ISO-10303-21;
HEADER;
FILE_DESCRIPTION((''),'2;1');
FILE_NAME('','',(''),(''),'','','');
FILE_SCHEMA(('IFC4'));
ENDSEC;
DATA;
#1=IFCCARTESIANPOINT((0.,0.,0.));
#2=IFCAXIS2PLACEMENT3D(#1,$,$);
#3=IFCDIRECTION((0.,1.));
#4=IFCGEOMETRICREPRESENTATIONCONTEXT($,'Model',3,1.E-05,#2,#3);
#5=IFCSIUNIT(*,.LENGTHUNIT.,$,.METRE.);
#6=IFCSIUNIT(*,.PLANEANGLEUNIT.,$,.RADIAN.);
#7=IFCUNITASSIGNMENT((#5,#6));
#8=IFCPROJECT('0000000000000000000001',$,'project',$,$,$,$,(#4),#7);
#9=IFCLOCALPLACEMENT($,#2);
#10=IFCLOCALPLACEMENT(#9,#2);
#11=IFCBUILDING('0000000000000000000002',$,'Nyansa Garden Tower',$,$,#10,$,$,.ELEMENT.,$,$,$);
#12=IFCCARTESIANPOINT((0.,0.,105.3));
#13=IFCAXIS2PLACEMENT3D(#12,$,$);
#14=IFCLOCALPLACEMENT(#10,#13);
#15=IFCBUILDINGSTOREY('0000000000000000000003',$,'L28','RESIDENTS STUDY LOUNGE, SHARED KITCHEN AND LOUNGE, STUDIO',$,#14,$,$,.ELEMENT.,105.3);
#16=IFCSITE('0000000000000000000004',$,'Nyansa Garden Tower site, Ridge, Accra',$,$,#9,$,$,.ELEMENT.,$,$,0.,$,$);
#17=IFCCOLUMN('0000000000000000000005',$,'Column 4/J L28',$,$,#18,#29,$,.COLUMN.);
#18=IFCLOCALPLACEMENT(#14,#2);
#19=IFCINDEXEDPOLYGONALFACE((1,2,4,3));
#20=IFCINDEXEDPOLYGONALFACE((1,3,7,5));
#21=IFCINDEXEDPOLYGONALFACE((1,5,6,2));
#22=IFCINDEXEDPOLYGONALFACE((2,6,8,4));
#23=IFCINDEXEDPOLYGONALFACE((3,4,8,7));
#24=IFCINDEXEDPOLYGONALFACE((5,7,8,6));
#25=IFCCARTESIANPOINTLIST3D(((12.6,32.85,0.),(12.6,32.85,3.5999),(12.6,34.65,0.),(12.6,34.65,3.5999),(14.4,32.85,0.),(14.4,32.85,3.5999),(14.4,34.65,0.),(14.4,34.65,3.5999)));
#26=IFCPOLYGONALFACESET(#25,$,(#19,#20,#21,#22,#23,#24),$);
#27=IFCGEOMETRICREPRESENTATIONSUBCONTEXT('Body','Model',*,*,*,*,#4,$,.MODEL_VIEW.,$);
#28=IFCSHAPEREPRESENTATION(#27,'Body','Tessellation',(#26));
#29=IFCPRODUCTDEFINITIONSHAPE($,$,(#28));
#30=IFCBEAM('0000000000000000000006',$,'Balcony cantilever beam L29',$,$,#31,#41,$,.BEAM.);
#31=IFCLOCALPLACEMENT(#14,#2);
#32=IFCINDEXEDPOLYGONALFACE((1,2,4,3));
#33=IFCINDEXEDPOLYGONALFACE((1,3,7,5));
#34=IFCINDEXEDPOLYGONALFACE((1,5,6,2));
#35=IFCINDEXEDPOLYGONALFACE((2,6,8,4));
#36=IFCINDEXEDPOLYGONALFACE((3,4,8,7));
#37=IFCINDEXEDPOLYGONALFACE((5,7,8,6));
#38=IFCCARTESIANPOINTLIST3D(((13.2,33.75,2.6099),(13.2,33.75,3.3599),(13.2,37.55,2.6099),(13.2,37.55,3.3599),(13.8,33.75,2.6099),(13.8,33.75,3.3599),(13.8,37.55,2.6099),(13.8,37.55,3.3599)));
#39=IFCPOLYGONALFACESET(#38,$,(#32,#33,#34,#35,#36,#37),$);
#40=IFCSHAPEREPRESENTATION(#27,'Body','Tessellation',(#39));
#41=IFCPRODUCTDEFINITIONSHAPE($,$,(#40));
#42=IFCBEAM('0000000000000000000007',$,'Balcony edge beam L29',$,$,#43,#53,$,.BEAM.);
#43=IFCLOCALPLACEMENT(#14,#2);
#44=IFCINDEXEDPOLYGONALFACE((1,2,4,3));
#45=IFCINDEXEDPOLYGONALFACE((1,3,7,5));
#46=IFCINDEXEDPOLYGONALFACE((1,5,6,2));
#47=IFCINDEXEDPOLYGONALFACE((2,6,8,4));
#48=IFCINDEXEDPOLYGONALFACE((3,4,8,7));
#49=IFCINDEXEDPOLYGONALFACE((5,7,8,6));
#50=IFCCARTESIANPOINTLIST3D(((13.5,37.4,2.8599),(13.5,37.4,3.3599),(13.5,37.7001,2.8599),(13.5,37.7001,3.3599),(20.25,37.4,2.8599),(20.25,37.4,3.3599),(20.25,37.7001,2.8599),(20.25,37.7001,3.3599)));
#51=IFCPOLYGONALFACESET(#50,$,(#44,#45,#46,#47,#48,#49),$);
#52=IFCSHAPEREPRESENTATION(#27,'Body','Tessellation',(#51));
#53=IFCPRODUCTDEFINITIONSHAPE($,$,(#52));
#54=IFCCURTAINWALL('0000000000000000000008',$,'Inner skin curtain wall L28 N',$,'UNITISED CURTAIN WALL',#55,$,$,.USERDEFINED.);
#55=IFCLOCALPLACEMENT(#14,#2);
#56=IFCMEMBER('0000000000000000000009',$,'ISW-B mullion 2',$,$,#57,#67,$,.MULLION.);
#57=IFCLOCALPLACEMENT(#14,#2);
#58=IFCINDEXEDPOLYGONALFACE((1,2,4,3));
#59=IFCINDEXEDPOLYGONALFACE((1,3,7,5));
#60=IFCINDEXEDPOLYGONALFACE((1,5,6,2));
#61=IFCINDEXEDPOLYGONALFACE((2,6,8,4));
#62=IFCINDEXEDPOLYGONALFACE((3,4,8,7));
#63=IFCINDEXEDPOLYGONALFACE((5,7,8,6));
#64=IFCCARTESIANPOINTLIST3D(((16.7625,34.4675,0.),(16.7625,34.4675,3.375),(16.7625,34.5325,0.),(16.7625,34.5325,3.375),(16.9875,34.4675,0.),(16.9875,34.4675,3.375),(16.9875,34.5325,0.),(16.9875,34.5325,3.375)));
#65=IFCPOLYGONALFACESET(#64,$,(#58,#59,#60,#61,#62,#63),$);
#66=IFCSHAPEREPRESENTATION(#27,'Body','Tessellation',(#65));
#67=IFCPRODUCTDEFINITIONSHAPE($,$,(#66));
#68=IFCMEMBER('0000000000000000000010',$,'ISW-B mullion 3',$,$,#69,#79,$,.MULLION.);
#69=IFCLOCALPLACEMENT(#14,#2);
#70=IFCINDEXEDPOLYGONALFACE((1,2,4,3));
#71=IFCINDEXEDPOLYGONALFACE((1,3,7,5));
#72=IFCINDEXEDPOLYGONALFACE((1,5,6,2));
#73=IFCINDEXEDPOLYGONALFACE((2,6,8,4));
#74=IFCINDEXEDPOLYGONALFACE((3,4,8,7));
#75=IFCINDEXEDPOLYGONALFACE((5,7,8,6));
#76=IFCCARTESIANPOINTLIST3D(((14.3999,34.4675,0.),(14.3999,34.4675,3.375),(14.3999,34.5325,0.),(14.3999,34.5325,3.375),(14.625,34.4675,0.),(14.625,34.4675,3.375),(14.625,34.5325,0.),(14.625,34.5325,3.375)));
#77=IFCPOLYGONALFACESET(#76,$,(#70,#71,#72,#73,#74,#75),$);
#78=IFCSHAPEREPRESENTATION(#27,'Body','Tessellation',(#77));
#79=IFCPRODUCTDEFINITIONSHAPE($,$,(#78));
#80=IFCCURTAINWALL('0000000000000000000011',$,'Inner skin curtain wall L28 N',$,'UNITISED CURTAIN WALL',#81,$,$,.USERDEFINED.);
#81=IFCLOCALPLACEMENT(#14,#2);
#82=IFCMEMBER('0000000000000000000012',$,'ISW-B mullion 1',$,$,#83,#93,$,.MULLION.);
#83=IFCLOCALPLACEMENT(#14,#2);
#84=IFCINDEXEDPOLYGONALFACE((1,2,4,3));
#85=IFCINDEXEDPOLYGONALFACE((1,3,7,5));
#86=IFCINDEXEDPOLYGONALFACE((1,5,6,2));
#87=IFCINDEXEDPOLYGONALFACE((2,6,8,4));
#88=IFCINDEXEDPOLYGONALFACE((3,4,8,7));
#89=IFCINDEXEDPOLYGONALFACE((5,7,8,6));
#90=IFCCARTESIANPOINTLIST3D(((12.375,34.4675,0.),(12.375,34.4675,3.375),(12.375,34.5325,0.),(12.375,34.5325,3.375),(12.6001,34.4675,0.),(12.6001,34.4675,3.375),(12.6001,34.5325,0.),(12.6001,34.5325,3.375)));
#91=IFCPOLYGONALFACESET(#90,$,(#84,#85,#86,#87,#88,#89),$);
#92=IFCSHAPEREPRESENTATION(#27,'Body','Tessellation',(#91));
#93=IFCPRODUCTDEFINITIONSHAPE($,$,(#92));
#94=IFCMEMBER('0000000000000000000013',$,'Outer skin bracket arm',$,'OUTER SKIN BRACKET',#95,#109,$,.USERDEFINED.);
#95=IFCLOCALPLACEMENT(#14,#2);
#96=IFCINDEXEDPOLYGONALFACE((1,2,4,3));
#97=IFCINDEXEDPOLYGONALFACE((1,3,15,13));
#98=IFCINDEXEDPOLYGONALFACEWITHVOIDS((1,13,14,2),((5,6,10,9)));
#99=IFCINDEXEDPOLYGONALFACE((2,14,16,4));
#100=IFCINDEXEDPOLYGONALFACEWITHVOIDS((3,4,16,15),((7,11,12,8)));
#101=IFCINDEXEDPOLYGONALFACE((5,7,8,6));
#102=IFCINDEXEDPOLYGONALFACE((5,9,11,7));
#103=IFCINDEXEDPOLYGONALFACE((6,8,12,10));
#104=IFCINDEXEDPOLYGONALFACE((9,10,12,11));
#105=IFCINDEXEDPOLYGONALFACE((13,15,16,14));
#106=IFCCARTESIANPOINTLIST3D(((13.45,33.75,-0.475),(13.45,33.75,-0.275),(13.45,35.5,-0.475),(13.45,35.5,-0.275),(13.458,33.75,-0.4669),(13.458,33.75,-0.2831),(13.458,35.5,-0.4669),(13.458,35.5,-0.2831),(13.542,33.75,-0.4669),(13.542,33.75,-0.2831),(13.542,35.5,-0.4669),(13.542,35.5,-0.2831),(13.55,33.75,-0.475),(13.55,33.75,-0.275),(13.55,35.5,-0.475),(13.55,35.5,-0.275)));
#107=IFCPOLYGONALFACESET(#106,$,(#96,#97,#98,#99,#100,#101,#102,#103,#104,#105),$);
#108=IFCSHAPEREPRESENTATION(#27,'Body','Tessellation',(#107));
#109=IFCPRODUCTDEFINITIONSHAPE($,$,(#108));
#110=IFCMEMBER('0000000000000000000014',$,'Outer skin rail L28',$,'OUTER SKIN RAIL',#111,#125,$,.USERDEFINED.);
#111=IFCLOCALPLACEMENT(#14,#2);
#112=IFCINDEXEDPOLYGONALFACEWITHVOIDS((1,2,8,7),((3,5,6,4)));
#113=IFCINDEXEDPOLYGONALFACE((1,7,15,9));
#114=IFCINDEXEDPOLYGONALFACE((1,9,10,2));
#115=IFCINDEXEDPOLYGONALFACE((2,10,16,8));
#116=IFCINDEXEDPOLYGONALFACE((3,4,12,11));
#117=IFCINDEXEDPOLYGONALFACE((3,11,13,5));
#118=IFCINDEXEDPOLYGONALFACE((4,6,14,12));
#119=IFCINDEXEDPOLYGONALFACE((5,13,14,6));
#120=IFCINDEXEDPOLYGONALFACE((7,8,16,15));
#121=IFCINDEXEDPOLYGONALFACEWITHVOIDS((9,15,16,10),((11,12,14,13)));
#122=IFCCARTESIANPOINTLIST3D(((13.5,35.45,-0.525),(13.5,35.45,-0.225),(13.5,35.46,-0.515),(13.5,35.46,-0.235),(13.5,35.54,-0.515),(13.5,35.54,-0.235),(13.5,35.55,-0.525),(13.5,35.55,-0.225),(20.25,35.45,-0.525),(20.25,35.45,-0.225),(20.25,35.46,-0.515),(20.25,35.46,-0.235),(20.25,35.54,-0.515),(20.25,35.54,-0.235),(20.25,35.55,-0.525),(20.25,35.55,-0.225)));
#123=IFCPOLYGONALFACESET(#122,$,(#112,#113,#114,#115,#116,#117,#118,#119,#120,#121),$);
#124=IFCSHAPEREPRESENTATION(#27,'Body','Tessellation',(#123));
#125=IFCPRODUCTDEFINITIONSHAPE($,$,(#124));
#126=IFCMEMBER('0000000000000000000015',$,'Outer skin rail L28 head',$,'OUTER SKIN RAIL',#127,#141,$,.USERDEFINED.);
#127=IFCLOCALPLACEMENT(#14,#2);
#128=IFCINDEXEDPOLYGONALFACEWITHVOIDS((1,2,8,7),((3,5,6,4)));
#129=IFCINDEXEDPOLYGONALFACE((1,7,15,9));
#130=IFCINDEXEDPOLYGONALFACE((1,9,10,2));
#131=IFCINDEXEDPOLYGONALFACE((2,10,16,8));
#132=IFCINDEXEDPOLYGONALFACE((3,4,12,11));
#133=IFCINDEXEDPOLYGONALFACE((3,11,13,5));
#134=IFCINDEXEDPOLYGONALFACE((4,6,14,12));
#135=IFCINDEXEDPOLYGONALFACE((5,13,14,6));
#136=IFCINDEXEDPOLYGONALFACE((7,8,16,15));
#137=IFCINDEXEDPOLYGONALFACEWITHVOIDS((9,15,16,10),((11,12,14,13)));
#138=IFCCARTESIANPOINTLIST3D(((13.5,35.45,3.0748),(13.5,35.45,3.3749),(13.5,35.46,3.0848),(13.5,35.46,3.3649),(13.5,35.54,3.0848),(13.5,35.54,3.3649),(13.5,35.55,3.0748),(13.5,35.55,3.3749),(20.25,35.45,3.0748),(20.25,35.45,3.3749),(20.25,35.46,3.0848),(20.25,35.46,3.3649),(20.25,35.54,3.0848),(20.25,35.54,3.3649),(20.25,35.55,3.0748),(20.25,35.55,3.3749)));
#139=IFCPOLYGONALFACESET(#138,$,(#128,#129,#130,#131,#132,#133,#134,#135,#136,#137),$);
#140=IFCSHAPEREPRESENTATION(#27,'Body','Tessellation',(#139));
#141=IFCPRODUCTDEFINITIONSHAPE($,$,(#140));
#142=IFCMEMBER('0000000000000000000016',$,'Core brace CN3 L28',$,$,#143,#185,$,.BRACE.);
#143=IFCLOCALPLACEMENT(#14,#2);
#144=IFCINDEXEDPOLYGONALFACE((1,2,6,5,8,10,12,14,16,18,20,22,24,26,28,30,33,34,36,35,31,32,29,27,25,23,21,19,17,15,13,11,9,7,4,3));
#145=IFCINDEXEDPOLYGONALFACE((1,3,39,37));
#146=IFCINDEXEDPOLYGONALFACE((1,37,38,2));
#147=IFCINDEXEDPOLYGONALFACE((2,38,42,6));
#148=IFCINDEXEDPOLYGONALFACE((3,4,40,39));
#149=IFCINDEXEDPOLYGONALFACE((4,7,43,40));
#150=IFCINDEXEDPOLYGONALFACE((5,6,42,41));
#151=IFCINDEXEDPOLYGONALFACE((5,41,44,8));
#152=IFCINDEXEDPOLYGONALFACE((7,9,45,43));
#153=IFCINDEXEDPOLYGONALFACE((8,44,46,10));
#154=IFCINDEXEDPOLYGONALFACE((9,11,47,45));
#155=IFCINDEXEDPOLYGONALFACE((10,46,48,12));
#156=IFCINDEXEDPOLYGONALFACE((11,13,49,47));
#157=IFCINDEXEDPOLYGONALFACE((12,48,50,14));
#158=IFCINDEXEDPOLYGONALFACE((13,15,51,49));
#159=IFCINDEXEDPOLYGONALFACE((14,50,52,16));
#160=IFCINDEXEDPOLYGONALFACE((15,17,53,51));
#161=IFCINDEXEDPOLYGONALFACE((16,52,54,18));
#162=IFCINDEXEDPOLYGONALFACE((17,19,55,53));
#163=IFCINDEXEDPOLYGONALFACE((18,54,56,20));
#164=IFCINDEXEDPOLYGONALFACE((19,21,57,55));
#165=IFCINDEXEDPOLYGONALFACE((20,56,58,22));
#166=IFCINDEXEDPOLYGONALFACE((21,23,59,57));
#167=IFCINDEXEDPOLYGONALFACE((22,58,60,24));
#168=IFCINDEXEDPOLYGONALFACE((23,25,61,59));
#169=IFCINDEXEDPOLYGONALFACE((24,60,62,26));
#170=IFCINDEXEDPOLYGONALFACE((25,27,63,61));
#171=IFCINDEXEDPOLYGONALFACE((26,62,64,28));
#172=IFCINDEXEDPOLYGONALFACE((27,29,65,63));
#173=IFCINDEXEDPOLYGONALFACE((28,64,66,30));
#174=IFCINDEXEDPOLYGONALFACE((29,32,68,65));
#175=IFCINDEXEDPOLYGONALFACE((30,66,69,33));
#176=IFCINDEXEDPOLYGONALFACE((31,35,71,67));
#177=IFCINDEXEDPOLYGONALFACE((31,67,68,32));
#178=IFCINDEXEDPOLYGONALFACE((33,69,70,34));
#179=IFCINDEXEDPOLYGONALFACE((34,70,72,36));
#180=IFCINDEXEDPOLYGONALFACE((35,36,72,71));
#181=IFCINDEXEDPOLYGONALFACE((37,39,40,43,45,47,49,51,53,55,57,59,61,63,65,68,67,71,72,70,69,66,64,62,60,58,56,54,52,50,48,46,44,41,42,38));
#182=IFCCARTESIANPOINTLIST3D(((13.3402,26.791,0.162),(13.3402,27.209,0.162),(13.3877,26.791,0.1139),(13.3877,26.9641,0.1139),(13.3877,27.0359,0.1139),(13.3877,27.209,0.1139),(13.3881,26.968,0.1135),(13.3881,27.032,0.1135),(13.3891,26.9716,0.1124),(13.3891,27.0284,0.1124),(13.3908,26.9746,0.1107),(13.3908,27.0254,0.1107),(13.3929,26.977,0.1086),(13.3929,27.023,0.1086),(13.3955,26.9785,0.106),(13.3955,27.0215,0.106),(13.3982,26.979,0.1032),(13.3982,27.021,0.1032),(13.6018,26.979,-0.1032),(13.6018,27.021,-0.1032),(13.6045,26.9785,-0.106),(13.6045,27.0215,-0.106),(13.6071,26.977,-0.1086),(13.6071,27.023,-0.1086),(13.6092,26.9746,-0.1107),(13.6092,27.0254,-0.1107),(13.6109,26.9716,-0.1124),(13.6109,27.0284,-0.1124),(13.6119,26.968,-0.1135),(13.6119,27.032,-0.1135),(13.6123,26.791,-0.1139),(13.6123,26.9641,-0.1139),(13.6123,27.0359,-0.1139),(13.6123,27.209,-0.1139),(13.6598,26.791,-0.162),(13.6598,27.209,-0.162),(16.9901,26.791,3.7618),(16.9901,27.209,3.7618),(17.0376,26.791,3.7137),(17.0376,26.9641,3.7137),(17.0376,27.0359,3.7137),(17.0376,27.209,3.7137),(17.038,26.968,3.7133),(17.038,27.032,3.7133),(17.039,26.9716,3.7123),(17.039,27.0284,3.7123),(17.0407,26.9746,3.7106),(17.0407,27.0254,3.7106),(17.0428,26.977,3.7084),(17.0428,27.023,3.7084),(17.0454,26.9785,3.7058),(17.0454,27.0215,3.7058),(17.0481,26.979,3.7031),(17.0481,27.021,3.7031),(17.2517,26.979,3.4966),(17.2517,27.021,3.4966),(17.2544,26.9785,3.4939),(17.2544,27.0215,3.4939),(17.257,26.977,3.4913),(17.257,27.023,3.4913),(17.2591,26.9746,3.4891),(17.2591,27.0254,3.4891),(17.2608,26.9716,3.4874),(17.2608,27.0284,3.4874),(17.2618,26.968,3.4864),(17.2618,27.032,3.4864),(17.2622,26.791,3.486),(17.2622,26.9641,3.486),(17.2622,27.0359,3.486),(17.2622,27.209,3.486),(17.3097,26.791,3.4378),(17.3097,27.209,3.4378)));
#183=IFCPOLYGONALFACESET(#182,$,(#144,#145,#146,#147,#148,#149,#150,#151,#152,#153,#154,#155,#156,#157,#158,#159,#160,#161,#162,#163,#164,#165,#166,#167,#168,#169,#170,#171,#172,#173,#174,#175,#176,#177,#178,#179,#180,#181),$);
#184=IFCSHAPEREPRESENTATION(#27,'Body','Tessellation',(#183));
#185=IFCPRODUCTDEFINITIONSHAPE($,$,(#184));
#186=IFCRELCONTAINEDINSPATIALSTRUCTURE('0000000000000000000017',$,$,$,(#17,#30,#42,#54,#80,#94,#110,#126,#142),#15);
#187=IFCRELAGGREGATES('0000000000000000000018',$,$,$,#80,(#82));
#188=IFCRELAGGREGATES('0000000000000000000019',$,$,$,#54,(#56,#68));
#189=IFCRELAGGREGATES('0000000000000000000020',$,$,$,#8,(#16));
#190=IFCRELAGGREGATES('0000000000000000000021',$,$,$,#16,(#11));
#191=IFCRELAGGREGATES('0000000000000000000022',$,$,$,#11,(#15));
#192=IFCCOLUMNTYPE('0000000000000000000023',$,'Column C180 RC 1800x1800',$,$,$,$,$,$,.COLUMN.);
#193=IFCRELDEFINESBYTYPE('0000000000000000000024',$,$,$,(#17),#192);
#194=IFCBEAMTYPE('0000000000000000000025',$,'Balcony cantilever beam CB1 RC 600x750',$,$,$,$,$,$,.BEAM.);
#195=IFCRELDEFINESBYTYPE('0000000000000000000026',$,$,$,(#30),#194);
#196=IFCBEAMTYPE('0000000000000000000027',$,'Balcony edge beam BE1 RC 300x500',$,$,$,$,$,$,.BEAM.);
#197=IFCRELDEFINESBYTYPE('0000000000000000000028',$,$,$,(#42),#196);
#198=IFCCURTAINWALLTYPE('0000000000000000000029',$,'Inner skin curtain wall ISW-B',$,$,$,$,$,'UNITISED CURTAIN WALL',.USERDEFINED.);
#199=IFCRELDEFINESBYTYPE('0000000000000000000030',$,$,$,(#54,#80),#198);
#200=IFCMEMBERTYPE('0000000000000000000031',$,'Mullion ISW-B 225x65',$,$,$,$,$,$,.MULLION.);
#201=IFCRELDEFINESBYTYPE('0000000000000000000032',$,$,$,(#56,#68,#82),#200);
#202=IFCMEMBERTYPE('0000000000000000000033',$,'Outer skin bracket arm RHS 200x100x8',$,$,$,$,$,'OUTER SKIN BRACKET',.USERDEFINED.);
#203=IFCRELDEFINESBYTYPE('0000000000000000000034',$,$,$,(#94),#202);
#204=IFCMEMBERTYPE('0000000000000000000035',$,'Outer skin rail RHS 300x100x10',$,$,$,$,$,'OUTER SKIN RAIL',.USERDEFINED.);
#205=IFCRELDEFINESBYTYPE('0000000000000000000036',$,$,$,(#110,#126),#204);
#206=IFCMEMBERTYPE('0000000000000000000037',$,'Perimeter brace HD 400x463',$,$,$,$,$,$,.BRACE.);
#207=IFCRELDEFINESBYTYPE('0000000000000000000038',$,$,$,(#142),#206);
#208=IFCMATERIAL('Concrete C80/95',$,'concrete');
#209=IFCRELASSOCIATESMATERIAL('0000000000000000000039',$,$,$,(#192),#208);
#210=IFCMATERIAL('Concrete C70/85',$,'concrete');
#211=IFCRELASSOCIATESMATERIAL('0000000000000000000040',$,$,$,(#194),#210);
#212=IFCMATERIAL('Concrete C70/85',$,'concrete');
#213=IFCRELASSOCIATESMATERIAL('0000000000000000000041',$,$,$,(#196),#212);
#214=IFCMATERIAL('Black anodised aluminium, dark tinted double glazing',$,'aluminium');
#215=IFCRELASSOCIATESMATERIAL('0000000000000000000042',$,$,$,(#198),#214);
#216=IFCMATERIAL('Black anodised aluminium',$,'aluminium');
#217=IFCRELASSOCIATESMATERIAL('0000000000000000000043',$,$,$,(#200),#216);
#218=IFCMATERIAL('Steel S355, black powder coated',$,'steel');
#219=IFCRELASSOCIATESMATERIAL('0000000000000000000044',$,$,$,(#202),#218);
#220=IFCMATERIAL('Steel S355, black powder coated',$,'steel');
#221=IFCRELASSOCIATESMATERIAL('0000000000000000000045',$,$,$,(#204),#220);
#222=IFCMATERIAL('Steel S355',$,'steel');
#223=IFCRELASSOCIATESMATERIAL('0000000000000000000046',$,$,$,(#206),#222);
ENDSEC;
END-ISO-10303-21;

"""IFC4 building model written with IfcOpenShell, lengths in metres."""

from ifc_helpers import new_model, si_unit, direction, frame, origin, origin_2d, place, context, subcontext, project, spatial, rectangle, hollow_rectangle, i_section, extrude, material, material_profile, profile_set, type_object, element, aggregate, save


model = new_model("IFC4")

# Units and contexts
model_context = context("Model", 3, precision=1e-05, world=origin(), true_north=direction((0.0, 1.0)))
body_context = subcontext(model_context, "Body", "Model", "MODEL_VIEW")
ifc_project = project(units=[si_unit("LENGTHUNIT", "METRE"), si_unit("PLANEANGLEUNIT", "RADIAN")], contexts=[model_context])

# Site, building, storey
site_placement = place(None, origin())
site = spatial("IfcSite", under=ifc_project, at=site_placement, Name="Nyansa Garden Tower site, Ridge, Accra", CompositionType="ELEMENT", RefElevation=0.0)
building_placement = place(site_placement, origin())
building = spatial("IfcBuilding", under=site, at=building_placement, Name="Nyansa Garden Tower", CompositionType="ELEMENT")
storey_placement = place(building_placement, frame((0.0, 0.0, 105.3)))
storey = spatial("IfcBuildingStorey", under=building, at=storey_placement, Name="L28", Description="RESIDENTS STUDY LOUNGE, SHARED KITCHEN AND LOUNGE, STUDIO", CompositionType="ELEMENT", Elevation=105.3)

# Column
ifc_material_1 = material(Name="Concrete C80/95", Category="concrete")
ifc_material_profile_1 = material_profile(ifc_material_1, rectangle(XDim=1.8, YDim=1.8, at=origin_2d()), Name="RC 1800x1800")
ifc_profile_set_1 = profile_set([ifc_material_profile_1], Name="Concrete C80/95")
column_type = type_object("IfcColumnType", Name="Column C180 RC 1800x1800", PredefinedType="COLUMN", material=ifc_profile_set_1)
column_placement = place(storey_placement, frame((13.5, 33.75, 0.0), z_axis=(0.0, 0.0, 1.0), x_axis=(1.0, 0.0, 0.0)))
element("IfcColumn", 1, at=column_placement, inside=storey, type_object=column_type, Name="Column 4/J L28", PredefinedType="COLUMN", context=body_context, shape_type="SweptSolid", body=[
    extrude(rectangle(XDim=1.8, YDim=1.8, at=origin_2d()), origin(), (0.0, 0.0, 1.0), 3.5999),
])

# Beams
ifc_material_2 = material(Name="Concrete C70/85", Category="concrete")
ifc_material_profile_2 = material_profile(ifc_material_2, rectangle(XDim=0.6001, YDim=0.75, at=origin_2d()), Name="RC 600x750")
ifc_profile_set_2 = profile_set([ifc_material_profile_2], Name="Concrete C70/85")
beam_type_1 = type_object("IfcBeamType", Name="Balcony cantilever beam CB1 RC 600x750", PredefinedType="BEAM", material=ifc_profile_set_2)
beam_1_placement = place(storey_placement, frame((13.5, 33.75, 2.9849), z_axis=(0.0, 1.0, 0.0), x_axis=(-1.0, 0.0, 0.0)))
element("IfcBeam", 2, at=beam_1_placement, inside=storey, type_object=beam_type_1, Name="Balcony cantilever beam L29", PredefinedType="BEAM", context=body_context, shape_type="SweptSolid", body=[
    extrude(rectangle(XDim=0.6001, YDim=0.75, at=origin_2d()), origin(), (0.0, 0.0, 1.0), 3.8),
])
ifc_material_3 = material(Name="Concrete C70/85", Category="concrete")
ifc_material_profile_3 = material_profile(ifc_material_3, rectangle(XDim=0.3, YDim=0.5, at=origin_2d()), Name="RC 300x500")
ifc_profile_set_3 = profile_set([ifc_material_profile_3], Name="Concrete C70/85")
beam_type_2 = type_object("IfcBeamType", Name="Balcony edge beam BE1 RC 300x500", PredefinedType="BEAM", material=ifc_profile_set_3)
beam_2_placement = place(storey_placement, frame((13.5, 37.55, 3.1099), z_axis=(1.0, 0.0, 0.0), x_axis=(0.0, 1.0, 0.0)))
element("IfcBeam", 3, at=beam_2_placement, inside=storey, type_object=beam_type_2, Name="Balcony edge beam L29", PredefinedType="BEAM", context=body_context, shape_type="SweptSolid", body=[
    extrude(rectangle(XDim=0.3, YDim=0.5, at=origin_2d()), origin(), (0.0, 0.0, 1.0), 6.75),
])

# Curtain wall, members
ifc_material_4 = material(Name="Black anodised aluminium, dark tinted double glazing", Category="aluminium")
curtain_wall_type = type_object("IfcCurtainWallType", Name="Inner skin curtain wall ISW-B", ElementType="UNITISED CURTAIN WALL", PredefinedType="USERDEFINED", material=ifc_material_4)
curtain_wall_1_placement = place(storey_placement, origin())
curtain_wall_1 = element("IfcCurtainWall", 4, at=curtain_wall_1_placement, inside=storey, type_object=curtain_wall_type, Name="Inner skin curtain wall L28 N", ObjectType="UNITISED CURTAIN WALL", PredefinedType="USERDEFINED")
ifc_material_5 = material(Name="Black anodised aluminium", Category="aluminium")
ifc_material_profile_4 = material_profile(ifc_material_5, rectangle(XDim=0.0649, YDim=0.2251, at=origin_2d()), Name="Mullion 225x65")
ifc_profile_set_4 = profile_set([ifc_material_profile_4], Name="Black anodised aluminium")
member_type_1 = type_object("IfcMemberType", Name="Mullion ISW-B 225x65", PredefinedType="MULLION", material=ifc_profile_set_4)
member_1_placement = place(storey_placement, frame((16.875, 34.5, 0.0), z_axis=(0.0, 0.0, 1.0), x_axis=(0.0, -1.0, 0.0)))
member_1 = element("IfcMember", 5, at=member_1_placement, type_object=member_type_1, Name="ISW-B mullion 2", PredefinedType="MULLION", context=body_context, shape_type="SweptSolid", body=[
    extrude(rectangle(XDim=0.0649, YDim=0.2251, at=origin_2d()), origin(), (0.0, 0.0, 1.0), 3.375),
])
member_2_placement = place(storey_placement, frame((14.5125, 34.5, 0.0), z_axis=(0.0, 0.0, 1.0), x_axis=(0.0, -1.0, 0.0)))
member_2 = element("IfcMember", 6, at=member_2_placement, type_object=member_type_1, Name="ISW-B mullion 3", PredefinedType="MULLION", context=body_context, shape_type="SweptSolid", body=[
    extrude(rectangle(XDim=0.0649, YDim=0.2251, at=origin_2d()), origin(), (0.0, 0.0, 1.0), 3.375),
])

# Curtain wall, member
curtain_wall_2_placement = place(storey_placement, origin())
curtain_wall_2 = element("IfcCurtainWall", 7, at=curtain_wall_2_placement, inside=storey, type_object=curtain_wall_type, Name="Inner skin curtain wall L28 N", ObjectType="UNITISED CURTAIN WALL", PredefinedType="USERDEFINED")
member_3_placement = place(storey_placement, frame((12.4875, 34.5, 0.0), z_axis=(0.0, 0.0, 1.0), x_axis=(0.0, -1.0, 0.0)))
member_3 = element("IfcMember", 8, at=member_3_placement, type_object=member_type_1, Name="ISW-B mullion 1", PredefinedType="MULLION", context=body_context, shape_type="SweptSolid", body=[
    extrude(rectangle(XDim=0.0649, YDim=0.2251, at=origin_2d()), origin(), (0.0, 0.0, 1.0), 3.375),
])

# Members
ifc_material_6 = material(Name="Steel S355, black powder coated", Category="steel")
ifc_material_profile_5 = material_profile(ifc_material_6, hollow_rectangle(XDim=0.1001, YDim=0.2, WallThickness=0.0081, at=origin_2d()), Name="RHS 200x100x8")
ifc_profile_set_5 = profile_set([ifc_material_profile_5], Name="Steel S355, black powder coated")
member_type_2 = type_object("IfcMemberType", Name="Outer skin bracket arm RHS 200x100x8", ElementType="OUTER SKIN BRACKET", PredefinedType="USERDEFINED", material=ifc_profile_set_5)
member_4_placement = place(storey_placement, frame((13.5, 33.75, -0.375), z_axis=(0.0, 1.0, 0.0), x_axis=(-1.0, 0.0, 0.0)))
element("IfcMember", 9, at=member_4_placement, inside=storey, type_object=member_type_2, Name="Outer skin bracket arm", ObjectType="OUTER SKIN BRACKET", PredefinedType="USERDEFINED", context=body_context, shape_type="SweptSolid", body=[
    extrude(hollow_rectangle(XDim=0.1001, YDim=0.2, WallThickness=0.0081, at=origin_2d()), origin(), (0.0, 0.0, 1.0), 1.75),
])
ifc_material_7 = material(Name="Steel S355, black powder coated", Category="steel")
ifc_material_profile_6 = material_profile(ifc_material_7, hollow_rectangle(XDim=0.1001, YDim=0.3, WallThickness=0.01, at=origin_2d()), Name="RHS 300x100x10")
ifc_profile_set_6 = profile_set([ifc_material_profile_6], Name="Steel S355, black powder coated")
member_type_3 = type_object("IfcMemberType", Name="Outer skin rail RHS 300x100x10", ElementType="OUTER SKIN RAIL", PredefinedType="USERDEFINED", material=ifc_profile_set_6)
for number, where, z_axis, x_axis, name in (
    (10, (13.5, 35.5, -0.375), (1.0, 0.0, 0.0), (0.0, 1.0, 0.0), "Outer skin rail L28"),
    (11, (13.5, 35.5, 3.2249), (1.0, 0.0, 0.0), (0.0, 1.0, 0.0), "Outer skin rail L28 head"),
):
    element("IfcMember", number, at=place(storey_placement, frame(where, z_axis=z_axis, x_axis=x_axis)), inside=storey, type_object=member_type_3, Name=name, ObjectType="OUTER SKIN RAIL", PredefinedType="USERDEFINED", context=body_context, shape_type="SweptSolid", body=[
        extrude(hollow_rectangle(XDim=0.1001, YDim=0.3, WallThickness=0.01, at=origin_2d()), origin(), (0.0, 0.0, 1.0), 6.75),
    ])
ifc_material_8 = material(Name="Steel S355", Category="steel")
ifc_material_profile_7 = material_profile(ifc_material_8, i_section(OverallWidth=0.418, OverallDepth=0.4551, WebThickness=0.042, FlangeThickness=0.0676, FilletRadius=0.0149, at=origin_2d()), Name="HD 400x463")
ifc_profile_set_7 = profile_set([ifc_material_profile_7], Name="Steel S355")
member_type_4 = type_object("IfcMemberType", Name="Perimeter brace HD 400x463", PredefinedType="BRACE", material=ifc_profile_set_7)
member_5_placement = place(storey_placement, frame((13.5, 27.0, 0.0), z_axis=(0.711971, 0.0, 0.702209), x_axis=(0.0, 1.0, 0.0)))
element("IfcMember", 12, at=member_5_placement, inside=storey, type_object=member_type_4, Name="Core brace CN3 L28", PredefinedType="BRACE", context=body_context, shape_type="SweptSolid", body=[
    extrude(i_section(OverallWidth=0.418, OverallDepth=0.4551, WebThickness=0.042, FlangeThickness=0.0676, FilletRadius=0.0149, at=origin_2d()), origin(), (0.0, 0.0, 1.0), 5.1265),
])

aggregate(curtain_wall_2, [member_3])

aggregate(curtain_wall_1, [member_1, member_2])

save(model, "model.ifc")
